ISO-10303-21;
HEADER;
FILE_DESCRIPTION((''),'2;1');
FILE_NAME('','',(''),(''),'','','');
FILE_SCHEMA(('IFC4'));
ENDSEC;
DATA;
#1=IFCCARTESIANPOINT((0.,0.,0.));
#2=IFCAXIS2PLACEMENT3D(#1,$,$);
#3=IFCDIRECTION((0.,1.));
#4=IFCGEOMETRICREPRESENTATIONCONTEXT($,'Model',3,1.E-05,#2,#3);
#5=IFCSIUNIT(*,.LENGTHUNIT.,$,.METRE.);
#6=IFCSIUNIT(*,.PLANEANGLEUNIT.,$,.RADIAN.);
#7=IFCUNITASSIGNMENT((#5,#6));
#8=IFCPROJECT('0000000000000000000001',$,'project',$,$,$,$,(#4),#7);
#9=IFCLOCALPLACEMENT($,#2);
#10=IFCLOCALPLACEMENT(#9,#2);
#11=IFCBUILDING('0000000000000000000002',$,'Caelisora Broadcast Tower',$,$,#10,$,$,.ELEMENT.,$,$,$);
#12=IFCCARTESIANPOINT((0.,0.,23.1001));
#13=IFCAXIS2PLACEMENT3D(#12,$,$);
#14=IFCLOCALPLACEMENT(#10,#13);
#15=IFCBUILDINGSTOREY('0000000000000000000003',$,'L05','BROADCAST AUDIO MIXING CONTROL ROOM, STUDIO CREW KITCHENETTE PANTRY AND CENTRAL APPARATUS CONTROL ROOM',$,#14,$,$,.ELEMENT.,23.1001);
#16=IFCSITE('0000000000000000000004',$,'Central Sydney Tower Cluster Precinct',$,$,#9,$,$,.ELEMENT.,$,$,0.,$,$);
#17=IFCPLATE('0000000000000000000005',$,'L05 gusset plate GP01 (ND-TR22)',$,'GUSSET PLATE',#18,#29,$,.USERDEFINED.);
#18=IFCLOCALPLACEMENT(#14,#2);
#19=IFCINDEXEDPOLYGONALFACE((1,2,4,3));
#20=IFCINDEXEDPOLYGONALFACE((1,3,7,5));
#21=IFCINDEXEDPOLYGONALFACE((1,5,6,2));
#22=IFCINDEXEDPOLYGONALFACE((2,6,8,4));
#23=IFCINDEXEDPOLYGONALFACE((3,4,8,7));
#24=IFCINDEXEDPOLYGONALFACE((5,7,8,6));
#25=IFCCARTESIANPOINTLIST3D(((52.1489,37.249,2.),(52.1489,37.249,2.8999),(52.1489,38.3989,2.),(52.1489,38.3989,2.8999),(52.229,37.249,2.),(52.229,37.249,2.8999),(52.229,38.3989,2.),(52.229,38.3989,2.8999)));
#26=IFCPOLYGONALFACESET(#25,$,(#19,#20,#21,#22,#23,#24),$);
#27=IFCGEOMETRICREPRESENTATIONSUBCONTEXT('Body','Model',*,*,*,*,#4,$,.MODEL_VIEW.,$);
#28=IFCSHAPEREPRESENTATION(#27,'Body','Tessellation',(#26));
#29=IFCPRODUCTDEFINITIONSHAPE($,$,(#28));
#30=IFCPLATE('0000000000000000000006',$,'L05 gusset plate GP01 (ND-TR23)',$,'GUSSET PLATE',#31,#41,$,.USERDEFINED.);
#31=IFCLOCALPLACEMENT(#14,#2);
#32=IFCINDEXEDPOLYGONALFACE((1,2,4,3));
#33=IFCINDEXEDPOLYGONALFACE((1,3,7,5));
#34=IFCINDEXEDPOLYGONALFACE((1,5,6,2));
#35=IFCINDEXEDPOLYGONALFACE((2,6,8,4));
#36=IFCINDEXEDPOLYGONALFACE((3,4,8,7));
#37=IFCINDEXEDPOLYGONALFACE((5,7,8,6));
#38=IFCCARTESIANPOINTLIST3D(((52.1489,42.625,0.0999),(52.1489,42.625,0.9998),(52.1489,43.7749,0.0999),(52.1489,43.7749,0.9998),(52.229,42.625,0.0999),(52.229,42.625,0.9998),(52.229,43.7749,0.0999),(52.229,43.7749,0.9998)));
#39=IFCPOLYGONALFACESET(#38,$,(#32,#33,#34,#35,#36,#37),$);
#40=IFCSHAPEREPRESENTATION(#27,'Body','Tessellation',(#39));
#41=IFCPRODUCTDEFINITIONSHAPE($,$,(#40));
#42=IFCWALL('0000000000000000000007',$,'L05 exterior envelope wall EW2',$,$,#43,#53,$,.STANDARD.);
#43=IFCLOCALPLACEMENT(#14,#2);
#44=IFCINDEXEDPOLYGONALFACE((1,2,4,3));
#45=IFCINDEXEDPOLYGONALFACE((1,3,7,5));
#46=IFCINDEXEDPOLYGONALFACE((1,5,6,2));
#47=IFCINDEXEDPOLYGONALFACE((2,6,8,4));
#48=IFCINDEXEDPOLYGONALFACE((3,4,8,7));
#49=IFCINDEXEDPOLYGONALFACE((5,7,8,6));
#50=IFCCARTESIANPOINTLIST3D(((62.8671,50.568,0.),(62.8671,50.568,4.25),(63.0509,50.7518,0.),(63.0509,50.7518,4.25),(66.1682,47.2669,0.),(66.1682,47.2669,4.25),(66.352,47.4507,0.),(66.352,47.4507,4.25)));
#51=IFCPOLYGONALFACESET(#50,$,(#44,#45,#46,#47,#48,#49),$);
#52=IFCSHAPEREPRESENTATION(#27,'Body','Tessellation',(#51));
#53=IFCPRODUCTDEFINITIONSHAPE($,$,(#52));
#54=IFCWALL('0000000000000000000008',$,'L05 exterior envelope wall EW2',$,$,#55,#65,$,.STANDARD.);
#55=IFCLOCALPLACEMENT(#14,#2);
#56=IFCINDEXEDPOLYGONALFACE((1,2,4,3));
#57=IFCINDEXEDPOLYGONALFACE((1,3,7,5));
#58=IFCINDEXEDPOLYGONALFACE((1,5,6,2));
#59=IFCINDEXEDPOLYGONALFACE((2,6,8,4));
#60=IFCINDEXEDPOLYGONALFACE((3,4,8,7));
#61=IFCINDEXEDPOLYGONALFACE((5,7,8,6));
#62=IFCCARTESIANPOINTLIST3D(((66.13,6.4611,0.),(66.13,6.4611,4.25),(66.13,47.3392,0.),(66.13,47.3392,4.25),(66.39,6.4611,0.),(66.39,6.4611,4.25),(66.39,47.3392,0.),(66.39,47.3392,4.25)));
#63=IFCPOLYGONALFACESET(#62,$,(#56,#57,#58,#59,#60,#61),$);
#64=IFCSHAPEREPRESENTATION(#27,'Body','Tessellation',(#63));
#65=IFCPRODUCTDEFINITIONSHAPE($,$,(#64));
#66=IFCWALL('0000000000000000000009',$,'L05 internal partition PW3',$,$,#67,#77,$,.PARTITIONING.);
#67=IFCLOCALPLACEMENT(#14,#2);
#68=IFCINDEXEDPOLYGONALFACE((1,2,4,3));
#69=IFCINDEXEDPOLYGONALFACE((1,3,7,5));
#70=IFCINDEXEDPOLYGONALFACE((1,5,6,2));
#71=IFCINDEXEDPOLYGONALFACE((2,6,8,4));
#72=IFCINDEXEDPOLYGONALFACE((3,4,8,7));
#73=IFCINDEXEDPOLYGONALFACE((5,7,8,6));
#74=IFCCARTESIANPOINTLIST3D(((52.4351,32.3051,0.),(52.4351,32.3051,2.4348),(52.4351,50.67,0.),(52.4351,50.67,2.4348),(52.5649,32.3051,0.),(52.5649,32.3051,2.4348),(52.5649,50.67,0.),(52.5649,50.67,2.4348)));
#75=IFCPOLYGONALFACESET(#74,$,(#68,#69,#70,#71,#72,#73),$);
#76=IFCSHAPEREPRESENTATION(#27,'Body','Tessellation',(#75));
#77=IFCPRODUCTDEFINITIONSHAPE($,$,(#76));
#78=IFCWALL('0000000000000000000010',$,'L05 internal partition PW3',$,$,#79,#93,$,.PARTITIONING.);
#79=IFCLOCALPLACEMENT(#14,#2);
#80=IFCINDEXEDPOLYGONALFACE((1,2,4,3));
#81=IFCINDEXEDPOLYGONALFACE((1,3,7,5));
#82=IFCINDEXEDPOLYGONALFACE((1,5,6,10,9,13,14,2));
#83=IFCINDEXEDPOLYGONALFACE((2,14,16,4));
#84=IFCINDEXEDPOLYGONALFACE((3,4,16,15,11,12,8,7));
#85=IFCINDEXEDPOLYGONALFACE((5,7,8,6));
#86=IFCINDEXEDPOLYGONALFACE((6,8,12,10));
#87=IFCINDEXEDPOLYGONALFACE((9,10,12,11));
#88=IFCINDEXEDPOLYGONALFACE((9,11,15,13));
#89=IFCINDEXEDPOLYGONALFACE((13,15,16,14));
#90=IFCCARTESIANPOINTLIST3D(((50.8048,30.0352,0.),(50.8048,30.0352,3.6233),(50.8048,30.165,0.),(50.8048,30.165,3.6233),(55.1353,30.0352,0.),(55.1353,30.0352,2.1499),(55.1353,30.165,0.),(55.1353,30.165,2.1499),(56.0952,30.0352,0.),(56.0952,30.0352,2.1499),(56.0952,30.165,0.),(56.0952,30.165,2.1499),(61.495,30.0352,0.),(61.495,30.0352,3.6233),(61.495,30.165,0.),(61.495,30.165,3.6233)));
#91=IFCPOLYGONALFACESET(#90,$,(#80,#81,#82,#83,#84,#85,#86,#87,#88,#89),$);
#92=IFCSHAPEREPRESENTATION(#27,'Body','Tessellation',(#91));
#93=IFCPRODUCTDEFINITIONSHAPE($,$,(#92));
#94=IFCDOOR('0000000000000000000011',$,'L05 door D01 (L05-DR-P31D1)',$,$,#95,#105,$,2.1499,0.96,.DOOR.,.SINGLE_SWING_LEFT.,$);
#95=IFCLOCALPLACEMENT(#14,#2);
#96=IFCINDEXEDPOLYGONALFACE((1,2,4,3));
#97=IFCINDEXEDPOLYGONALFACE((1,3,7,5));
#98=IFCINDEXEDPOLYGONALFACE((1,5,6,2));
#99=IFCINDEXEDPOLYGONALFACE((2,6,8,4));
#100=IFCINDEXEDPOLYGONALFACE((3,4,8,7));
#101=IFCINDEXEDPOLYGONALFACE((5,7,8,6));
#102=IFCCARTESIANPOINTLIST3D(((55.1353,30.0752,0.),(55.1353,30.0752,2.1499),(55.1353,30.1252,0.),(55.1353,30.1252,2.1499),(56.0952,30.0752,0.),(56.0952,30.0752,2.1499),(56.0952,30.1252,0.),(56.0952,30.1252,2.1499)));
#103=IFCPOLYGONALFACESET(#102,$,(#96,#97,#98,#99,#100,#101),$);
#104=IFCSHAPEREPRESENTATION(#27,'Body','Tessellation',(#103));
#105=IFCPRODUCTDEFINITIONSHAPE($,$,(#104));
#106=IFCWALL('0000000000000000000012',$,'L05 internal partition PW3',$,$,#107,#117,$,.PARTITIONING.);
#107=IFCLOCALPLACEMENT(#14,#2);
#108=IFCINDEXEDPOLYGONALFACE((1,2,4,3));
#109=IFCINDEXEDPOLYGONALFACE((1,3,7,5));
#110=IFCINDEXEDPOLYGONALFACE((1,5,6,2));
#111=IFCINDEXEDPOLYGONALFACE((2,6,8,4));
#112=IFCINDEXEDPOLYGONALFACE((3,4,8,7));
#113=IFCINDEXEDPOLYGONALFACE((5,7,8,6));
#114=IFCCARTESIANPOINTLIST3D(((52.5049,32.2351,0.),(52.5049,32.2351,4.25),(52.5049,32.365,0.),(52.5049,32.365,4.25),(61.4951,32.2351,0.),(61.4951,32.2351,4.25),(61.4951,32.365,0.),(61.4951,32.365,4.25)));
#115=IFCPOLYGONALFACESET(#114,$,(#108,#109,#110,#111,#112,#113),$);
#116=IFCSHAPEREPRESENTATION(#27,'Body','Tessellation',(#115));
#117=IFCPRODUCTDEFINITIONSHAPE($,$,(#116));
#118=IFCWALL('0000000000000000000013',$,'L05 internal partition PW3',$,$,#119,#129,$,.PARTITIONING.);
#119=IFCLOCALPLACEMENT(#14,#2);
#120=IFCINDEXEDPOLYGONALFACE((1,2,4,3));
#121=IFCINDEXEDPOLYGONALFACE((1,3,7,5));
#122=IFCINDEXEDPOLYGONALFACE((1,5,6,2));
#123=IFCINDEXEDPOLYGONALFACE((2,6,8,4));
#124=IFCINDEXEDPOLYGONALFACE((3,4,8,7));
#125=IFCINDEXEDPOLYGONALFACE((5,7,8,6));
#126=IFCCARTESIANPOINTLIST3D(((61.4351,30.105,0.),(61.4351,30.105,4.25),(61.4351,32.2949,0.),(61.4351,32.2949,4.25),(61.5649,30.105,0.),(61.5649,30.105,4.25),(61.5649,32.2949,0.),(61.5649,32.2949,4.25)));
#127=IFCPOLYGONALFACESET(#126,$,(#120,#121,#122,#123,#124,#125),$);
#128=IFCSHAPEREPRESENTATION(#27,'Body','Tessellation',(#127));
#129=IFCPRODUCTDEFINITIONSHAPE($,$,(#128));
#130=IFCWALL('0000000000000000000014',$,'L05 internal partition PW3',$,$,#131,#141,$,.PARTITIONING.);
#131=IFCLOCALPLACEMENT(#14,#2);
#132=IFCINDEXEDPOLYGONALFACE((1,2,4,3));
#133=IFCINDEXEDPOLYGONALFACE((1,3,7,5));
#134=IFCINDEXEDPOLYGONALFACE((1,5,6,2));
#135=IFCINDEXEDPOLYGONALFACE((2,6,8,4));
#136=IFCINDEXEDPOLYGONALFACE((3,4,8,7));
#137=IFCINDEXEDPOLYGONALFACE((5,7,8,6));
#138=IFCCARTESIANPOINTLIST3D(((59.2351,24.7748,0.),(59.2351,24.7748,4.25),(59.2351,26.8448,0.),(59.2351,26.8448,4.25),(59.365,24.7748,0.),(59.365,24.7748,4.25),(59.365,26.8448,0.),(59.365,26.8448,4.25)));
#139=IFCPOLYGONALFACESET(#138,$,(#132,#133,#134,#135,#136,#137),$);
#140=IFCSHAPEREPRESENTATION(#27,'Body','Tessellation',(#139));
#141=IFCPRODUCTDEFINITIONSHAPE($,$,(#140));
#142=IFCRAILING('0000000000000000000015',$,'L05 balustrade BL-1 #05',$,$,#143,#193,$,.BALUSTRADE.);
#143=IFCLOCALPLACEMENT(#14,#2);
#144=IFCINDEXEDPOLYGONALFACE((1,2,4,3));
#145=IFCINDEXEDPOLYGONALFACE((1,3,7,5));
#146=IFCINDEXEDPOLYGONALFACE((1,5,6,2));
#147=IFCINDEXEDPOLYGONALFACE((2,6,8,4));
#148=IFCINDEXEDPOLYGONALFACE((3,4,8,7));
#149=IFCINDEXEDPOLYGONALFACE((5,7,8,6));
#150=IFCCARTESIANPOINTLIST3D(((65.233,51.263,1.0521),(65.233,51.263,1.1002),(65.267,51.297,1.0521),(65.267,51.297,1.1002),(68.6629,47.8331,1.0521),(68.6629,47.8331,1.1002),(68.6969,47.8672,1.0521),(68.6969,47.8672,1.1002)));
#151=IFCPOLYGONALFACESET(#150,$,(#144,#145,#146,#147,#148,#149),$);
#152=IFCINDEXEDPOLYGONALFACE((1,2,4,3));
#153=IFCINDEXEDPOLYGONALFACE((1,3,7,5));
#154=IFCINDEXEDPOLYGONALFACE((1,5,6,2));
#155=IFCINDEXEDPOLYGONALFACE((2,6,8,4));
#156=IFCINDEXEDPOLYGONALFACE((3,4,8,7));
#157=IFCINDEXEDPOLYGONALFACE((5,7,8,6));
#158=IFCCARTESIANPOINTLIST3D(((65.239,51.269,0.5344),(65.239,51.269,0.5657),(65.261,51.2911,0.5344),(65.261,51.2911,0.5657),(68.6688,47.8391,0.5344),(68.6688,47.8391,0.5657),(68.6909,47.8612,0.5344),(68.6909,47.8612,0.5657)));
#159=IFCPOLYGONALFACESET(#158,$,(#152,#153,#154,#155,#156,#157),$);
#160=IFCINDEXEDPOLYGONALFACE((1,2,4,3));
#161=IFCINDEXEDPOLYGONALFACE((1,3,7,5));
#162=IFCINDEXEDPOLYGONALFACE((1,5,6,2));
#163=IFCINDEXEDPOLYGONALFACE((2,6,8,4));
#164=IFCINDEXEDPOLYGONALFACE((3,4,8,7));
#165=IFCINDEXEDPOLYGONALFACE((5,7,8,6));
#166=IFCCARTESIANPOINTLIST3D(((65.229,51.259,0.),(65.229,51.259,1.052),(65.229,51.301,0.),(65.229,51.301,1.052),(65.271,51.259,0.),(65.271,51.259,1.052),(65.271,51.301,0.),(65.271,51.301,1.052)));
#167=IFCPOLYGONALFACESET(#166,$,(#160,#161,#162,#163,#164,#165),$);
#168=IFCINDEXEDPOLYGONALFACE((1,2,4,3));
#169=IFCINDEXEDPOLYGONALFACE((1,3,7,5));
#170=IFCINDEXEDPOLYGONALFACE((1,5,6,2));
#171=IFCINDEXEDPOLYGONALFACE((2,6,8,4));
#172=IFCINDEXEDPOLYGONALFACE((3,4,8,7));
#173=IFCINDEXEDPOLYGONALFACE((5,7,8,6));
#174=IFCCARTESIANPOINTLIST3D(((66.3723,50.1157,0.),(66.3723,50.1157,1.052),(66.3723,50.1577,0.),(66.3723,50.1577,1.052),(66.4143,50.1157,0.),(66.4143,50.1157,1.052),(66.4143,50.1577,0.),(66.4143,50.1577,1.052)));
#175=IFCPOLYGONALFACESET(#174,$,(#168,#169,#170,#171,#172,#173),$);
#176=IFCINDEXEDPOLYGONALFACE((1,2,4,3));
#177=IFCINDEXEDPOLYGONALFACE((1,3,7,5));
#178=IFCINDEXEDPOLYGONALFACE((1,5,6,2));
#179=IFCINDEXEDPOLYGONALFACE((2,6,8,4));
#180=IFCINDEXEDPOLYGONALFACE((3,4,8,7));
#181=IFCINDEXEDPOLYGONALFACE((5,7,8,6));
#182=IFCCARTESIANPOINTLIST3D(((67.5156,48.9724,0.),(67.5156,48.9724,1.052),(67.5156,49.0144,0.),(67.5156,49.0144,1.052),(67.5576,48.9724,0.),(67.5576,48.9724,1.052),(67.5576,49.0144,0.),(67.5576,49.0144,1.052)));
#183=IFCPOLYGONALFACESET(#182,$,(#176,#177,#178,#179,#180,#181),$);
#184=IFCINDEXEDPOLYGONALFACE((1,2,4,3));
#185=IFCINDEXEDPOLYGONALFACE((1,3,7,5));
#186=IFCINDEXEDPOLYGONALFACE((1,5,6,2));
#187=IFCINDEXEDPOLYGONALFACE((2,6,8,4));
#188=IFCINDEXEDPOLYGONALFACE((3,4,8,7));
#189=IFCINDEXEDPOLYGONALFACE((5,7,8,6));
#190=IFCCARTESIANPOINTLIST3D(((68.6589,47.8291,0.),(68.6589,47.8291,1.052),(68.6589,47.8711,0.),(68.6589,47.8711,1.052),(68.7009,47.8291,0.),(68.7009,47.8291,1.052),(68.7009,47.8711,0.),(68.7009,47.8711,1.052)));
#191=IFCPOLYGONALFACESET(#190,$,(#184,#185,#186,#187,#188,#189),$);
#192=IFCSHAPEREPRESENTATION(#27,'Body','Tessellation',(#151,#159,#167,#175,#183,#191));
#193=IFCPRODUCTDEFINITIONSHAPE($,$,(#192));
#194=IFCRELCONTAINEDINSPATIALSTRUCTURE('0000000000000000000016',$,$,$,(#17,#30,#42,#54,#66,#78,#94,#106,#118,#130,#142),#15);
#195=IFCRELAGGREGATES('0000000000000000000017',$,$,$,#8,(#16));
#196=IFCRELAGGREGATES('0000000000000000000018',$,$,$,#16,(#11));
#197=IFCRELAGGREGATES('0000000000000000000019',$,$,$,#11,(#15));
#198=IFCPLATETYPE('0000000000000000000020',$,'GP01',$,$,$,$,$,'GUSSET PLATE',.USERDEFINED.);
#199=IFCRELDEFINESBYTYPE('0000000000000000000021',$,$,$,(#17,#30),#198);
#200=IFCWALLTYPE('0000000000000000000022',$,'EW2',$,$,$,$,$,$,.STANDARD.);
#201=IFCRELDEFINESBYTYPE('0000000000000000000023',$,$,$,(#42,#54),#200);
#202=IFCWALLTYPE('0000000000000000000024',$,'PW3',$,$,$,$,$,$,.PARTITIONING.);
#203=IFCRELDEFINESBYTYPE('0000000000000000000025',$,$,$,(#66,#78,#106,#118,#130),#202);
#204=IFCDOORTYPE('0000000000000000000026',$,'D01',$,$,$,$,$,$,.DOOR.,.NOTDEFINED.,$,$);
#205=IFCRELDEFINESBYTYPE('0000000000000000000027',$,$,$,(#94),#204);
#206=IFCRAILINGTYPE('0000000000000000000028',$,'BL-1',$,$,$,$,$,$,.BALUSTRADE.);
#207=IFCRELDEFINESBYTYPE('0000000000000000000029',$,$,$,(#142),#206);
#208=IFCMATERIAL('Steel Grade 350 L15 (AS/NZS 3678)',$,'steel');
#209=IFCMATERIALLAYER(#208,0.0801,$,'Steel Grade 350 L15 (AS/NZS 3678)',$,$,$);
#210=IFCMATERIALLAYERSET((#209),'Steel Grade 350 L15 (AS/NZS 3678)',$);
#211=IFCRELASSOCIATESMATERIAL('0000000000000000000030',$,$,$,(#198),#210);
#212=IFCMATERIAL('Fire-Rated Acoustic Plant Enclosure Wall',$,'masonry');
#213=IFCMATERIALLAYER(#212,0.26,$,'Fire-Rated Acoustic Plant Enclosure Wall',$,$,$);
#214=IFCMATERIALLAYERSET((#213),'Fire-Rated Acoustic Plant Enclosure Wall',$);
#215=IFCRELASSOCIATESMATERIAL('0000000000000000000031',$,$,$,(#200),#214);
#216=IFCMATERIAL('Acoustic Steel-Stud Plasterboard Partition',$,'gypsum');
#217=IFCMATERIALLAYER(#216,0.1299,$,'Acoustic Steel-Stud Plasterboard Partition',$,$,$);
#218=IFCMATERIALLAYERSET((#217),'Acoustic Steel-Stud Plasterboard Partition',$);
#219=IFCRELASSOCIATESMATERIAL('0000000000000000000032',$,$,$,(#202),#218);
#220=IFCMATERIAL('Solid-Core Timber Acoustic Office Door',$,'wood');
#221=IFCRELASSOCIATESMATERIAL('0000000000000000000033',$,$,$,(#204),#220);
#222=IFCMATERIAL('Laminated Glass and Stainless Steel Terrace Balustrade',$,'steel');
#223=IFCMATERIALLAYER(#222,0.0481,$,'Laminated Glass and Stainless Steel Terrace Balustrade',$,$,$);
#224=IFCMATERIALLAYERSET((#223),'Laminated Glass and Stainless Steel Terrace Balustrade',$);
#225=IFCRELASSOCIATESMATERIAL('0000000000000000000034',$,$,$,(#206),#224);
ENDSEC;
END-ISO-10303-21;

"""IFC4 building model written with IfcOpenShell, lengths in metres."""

from ifc_helpers import new_model, si_unit, direction, frame, frame_2d, origin, origin_2d, place, context, subcontext, project, spatial, rectangle, extrude, source, transform, mapped, material, layer, layer_set, type_object, type_shapes, element, fill, save


model = new_model("IFC4")

# Units and contexts
model_context = context("Model", 3, precision=1e-05, world=origin(), true_north=direction((0.0, 1.0)))
body_context = subcontext(model_context, "Body", "Model", "MODEL_VIEW")
ifc_project = project(units=[si_unit("LENGTHUNIT", "METRE"), si_unit("PLANEANGLEUNIT", "RADIAN")], contexts=[model_context])

# Site, building, storey
site_placement = place(None, origin())
site = spatial("IfcSite", under=ifc_project, at=site_placement, Name="Central Sydney Tower Cluster Precinct", CompositionType="ELEMENT", RefElevation=0.0)
building_placement = place(site_placement, origin())
building = spatial("IfcBuilding", under=site, at=building_placement, Name="Caelisora Broadcast Tower", CompositionType="ELEMENT")
storey_placement = place(building_placement, frame((0.0, 0.0, 23.1001)))
storey = spatial("IfcBuildingStorey", under=building, at=storey_placement, Name="L05", Description="BROADCAST AUDIO MIXING CONTROL ROOM, STUDIO CREW KITCHENETTE PANTRY AND CENTRAL APPARATUS CONTROL ROOM", CompositionType="ELEMENT", Elevation=23.1001)

# Shared definitions
ifc_material_1 = material(Name="Steel Grade 350 L15 (AS/NZS 3678)", Category="steel")

# Plates
ifc_layer_1 = layer(ifc_material_1, 0.0801, Name="Steel Grade 350 L15 (AS/NZS 3678)")
ifc_layer_set_1 = layer_set([ifc_layer_1], Name="Steel Grade 350 L15 (AS/NZS 3678)")
plate_type_1 = type_object("IfcPlateType", Name="GP01", ElementType="GUSSET PLATE", PredefinedType="USERDEFINED", material=ifc_layer_set_1)
shared_shape_1 = source(origin(), body_context, "Body", "SweptSolid", [
    extrude(rectangle(XDim=1.1499, YDim=0.0801, at=origin_2d()), origin(), (0.0, 0.0, 1.0), 0.8999),
])
type_shapes(plate_type_1, [shared_shape_1])
for number, where, z_axis, x_axis, name in (
    (1, (52.189, 37.824, 2.0), (0.0, 0.0, 1.0), (0.0, 1.0, 0.0), "L05 gusset plate GP01 (ND-TR22)"),
    (2, (52.189, 43.2, 0.0999), (0.0, 0.0, 1.0), (0.0, 1.0, 0.0), "L05 gusset plate GP01 (ND-TR23)"),
):
    element("IfcPlate", number, at=place(storey_placement, frame(where, z_axis=z_axis, x_axis=x_axis)), inside=storey, type_object=plate_type_1, Name=name, ObjectType="GUSSET PLATE", PredefinedType="USERDEFINED", context=body_context, shape_type="MappedRepresentation", body=[
        mapped(shared_shape_1, transform((0.0, 0.0, 0.0), scale=1.0)),
    ])

# Walls
ifc_material_2 = material(Name="Fire-Rated Acoustic Plant Enclosure Wall", Category="masonry")
ifc_layer_2 = layer(ifc_material_2, 0.26, Name="Fire-Rated Acoustic Plant Enclosure Wall")
ifc_layer_set_2 = layer_set([ifc_layer_2], Name="Fire-Rated Acoustic Plant Enclosure Wall")
wall_type_1 = type_object("IfcWallType", Name="EW2", PredefinedType="STANDARD", material=ifc_layer_set_2)
wall_1_placement = place(storey_placement, frame((62.959, 50.6599, 0.0), z_axis=(0.0, 0.0, 1.0), x_axis=(0.707107, -0.707107, 0.0)))
element("IfcWall", 3, at=wall_1_placement, inside=storey, type_object=wall_type_1, Name="L05 exterior envelope wall EW2", PredefinedType="STANDARD", context=body_context, shape_type="SweptSolid", body=[
    extrude(rectangle(XDim=4.6685, YDim=0.26, at=frame_2d((2.3342, 0.0))), origin(), (0.0, 0.0, 1.0), 4.25),
])
wall_2_placement = place(storey_placement, frame((66.26, 47.3391, 0.0), z_axis=(0.0, 0.0, 1.0), x_axis=(0.0, -1.0, 0.0)))
element("IfcWall", 4, at=wall_2_placement, inside=storey, type_object=wall_type_1, Name="L05 exterior envelope wall EW2", PredefinedType="STANDARD", context=body_context, shape_type="SweptSolid", body=[
    extrude(rectangle(XDim=40.8782, YDim=0.26, at=frame_2d((20.439, 0.0))), origin(), (0.0, 0.0, 1.0), 4.25),
])
ifc_material_3 = material(Name="Acoustic Steel-Stud Plasterboard Partition", Category="gypsum")
ifc_layer_3 = layer(ifc_material_3, 0.1299, Name="Acoustic Steel-Stud Plasterboard Partition")
ifc_layer_set_3 = layer_set([ifc_layer_3], Name="Acoustic Steel-Stud Plasterboard Partition")
wall_type_2 = type_object("IfcWallType", Name="PW3", PredefinedType="PARTITIONING", material=ifc_layer_set_3)
wall_3_placement = place(storey_placement, frame((52.5, 32.3049, 0.0), z_axis=(0.0, 0.0, 1.0), x_axis=(0.0, 1.0, 0.0)))
element("IfcWall", 5, at=wall_3_placement, inside=storey, type_object=wall_type_2, Name="L05 internal partition PW3", PredefinedType="PARTITIONING", context=body_context, shape_type="SweptSolid", body=[
    extrude(rectangle(XDim=18.365, YDim=0.1299, at=frame_2d((9.1826, 0.0))), origin(), (0.0, 0.0, 1.0), 2.4348),
])

# Wall, opening, door
wall_4_placement = place(storey_placement, frame((61.4951, 30.1001, 0.0), z_axis=(0.0, 0.0, 1.0), x_axis=(-1.0, 0.0, 0.0)))
wall_4 = element("IfcWall", 6, at=wall_4_placement, inside=storey, type_object=wall_type_2, Name="L05 internal partition PW3", PredefinedType="PARTITIONING", context=body_context, shape_type="SweptSolid", body=[
    extrude(rectangle(XDim=10.6902, YDim=0.1299, at=frame_2d((5.3452, 0.0))), origin(), (0.0, 0.0, 1.0), 3.6233),
])
opening_placement = place(wall_4_placement, frame((5.3999, 0.0, 0.0)))
opening = element("IfcOpeningElement", 7, at=opening_placement, cuts=wall_4, PredefinedType="OPENING", context=body_context, shape_type="SweptSolid", body=[
    extrude(rectangle(XDim=0.96, YDim=2.1499, at=frame_2d((0.48, 1.075))), frame((0.0, 0.0769, 0.0), z_axis=(0.0, -1.0, 0.0), x_axis=(1.0, 0.0, 0.0)), (0.0, 0.0, 1.0), 0.1538),
])
ifc_material_4 = material(Name="Solid-Core Timber Acoustic Office Door", Category="wood")
door_type = type_object("IfcDoorType", Name="D01", OperationType="NOTDEFINED", PredefinedType="DOOR", material=ifc_material_4)
door_placement = place(opening_placement, origin())
door = element("IfcDoor", 8, at=door_placement, inside=storey, type_object=door_type, Name="L05 door D01 (L05-DR-P31D1)", OperationType="SINGLE_SWING_LEFT", OverallHeight=2.1499, OverallWidth=0.96, PredefinedType="DOOR", context=body_context, shape_type="SweptSolid", body=[
    extrude(rectangle(XDim=0.96, YDim=2.1499, at=frame_2d((0.48, 1.075))), frame((0.0, 0.0249, 0.0), z_axis=(0.0, -1.0, 0.0), x_axis=(1.0, 0.0, 0.0)), (0.0, 0.0, 1.0), 0.05),
])
fill(opening, door)

# Walls
wall_5_placement = place(storey_placement, frame((52.5049, 32.3, 0.0), z_axis=(0.0, 0.0, 1.0), x_axis=(1.0, 0.0, 0.0)))
element("IfcWall", 9, at=wall_5_placement, inside=storey, type_object=wall_type_2, Name="L05 internal partition PW3", PredefinedType="PARTITIONING", context=body_context, shape_type="SweptSolid", body=[
    extrude(rectangle(XDim=8.9902, YDim=0.1299, at=frame_2d((4.4951, 0.0))), origin(), (0.0, 0.0, 1.0), 4.25),
])
wall_6_placement = place(storey_placement, frame((61.5, 32.2949, 0.0), z_axis=(0.0, 0.0, 1.0), x_axis=(0.0, -1.0, 0.0)))
element("IfcWall", 10, at=wall_6_placement, inside=storey, type_object=wall_type_2, Name="L05 internal partition PW3", PredefinedType="PARTITIONING", context=body_context, shape_type="SweptSolid", body=[
    extrude(rectangle(XDim=2.1899, YDim=0.1299, at=frame_2d((1.095, 0.0))), origin(), (0.0, 0.0, 1.0), 4.25),
])
wall_7_placement = place(storey_placement, frame((59.3, 26.845, 0.0), z_axis=(0.0, 0.0, 1.0), x_axis=(0.0, -1.0, 0.0)))
element("IfcWall", 11, at=wall_7_placement, inside=storey, type_object=wall_type_2, Name="L05 internal partition PW3", PredefinedType="PARTITIONING", context=body_context, shape_type="SweptSolid", body=[
    extrude(rectangle(XDim=2.0701, YDim=0.1299, at=frame_2d((1.0352, 0.0))), origin(), (0.0, 0.0, 1.0), 4.25),
])

# Railing
ifc_material_5 = material(Name="Laminated Glass and Stainless Steel Terrace Balustrade", Category="steel")
ifc_layer_4 = layer(ifc_material_5, 0.0481, Name="Laminated Glass and Stainless Steel Terrace Balustrade")
ifc_layer_set_4 = layer_set([ifc_layer_4], Name="Laminated Glass and Stainless Steel Terrace Balustrade")
railing_type = type_object("IfcRailingType", Name="BL-1", PredefinedType="BALUSTRADE", material=ifc_layer_set_4)
railing_1_placement = place(storey_placement, frame((65.25, 51.28, 0.0)))
element("IfcRailing", 12, at=railing_1_placement, inside=storey, type_object=railing_type, Name="L05 balustrade BL-1 #05", PredefinedType="BALUSTRADE", context=body_context, shape_type="SweptSolid", body=[
    extrude(rectangle(XDim=0.0481, YDim=0.0481, at=origin_2d()), frame((0.0, 0.0, 1.0762), z_axis=(0.707107, -0.707107, 0.0), x_axis=(0.707107, 0.707107, 0.0)), (0.0, 0.0, 1.0), 4.8506),
    extrude(rectangle(XDim=0.0312, YDim=0.0312, at=origin_2d()), frame((0.0, 0.0, 0.55), z_axis=(0.707107, -0.707107, 0.0), x_axis=(0.707107, 0.707107, 0.0)), (0.0, 0.0, 1.0), 4.8506),
    extrude(rectangle(XDim=0.042, YDim=0.042, at=origin_2d()), origin(), (0.0, 0.0, 1.0), 1.052),
    extrude(rectangle(XDim=0.042, YDim=0.042, at=origin_2d()), frame((1.1433, -1.1433, 0.0)), (0.0, 0.0, 1.0), 1.052),
    extrude(rectangle(XDim=0.042, YDim=0.042, at=origin_2d()), frame((2.2866, -2.2866, 0.0)), (0.0, 0.0, 1.0), 1.052),
    extrude(rectangle(XDim=0.042, YDim=0.042, at=origin_2d()), frame((3.4299, -3.4299, 0.0)), (0.0, 0.0, 1.0), 1.052),
])

save(model, "model.ifc")
